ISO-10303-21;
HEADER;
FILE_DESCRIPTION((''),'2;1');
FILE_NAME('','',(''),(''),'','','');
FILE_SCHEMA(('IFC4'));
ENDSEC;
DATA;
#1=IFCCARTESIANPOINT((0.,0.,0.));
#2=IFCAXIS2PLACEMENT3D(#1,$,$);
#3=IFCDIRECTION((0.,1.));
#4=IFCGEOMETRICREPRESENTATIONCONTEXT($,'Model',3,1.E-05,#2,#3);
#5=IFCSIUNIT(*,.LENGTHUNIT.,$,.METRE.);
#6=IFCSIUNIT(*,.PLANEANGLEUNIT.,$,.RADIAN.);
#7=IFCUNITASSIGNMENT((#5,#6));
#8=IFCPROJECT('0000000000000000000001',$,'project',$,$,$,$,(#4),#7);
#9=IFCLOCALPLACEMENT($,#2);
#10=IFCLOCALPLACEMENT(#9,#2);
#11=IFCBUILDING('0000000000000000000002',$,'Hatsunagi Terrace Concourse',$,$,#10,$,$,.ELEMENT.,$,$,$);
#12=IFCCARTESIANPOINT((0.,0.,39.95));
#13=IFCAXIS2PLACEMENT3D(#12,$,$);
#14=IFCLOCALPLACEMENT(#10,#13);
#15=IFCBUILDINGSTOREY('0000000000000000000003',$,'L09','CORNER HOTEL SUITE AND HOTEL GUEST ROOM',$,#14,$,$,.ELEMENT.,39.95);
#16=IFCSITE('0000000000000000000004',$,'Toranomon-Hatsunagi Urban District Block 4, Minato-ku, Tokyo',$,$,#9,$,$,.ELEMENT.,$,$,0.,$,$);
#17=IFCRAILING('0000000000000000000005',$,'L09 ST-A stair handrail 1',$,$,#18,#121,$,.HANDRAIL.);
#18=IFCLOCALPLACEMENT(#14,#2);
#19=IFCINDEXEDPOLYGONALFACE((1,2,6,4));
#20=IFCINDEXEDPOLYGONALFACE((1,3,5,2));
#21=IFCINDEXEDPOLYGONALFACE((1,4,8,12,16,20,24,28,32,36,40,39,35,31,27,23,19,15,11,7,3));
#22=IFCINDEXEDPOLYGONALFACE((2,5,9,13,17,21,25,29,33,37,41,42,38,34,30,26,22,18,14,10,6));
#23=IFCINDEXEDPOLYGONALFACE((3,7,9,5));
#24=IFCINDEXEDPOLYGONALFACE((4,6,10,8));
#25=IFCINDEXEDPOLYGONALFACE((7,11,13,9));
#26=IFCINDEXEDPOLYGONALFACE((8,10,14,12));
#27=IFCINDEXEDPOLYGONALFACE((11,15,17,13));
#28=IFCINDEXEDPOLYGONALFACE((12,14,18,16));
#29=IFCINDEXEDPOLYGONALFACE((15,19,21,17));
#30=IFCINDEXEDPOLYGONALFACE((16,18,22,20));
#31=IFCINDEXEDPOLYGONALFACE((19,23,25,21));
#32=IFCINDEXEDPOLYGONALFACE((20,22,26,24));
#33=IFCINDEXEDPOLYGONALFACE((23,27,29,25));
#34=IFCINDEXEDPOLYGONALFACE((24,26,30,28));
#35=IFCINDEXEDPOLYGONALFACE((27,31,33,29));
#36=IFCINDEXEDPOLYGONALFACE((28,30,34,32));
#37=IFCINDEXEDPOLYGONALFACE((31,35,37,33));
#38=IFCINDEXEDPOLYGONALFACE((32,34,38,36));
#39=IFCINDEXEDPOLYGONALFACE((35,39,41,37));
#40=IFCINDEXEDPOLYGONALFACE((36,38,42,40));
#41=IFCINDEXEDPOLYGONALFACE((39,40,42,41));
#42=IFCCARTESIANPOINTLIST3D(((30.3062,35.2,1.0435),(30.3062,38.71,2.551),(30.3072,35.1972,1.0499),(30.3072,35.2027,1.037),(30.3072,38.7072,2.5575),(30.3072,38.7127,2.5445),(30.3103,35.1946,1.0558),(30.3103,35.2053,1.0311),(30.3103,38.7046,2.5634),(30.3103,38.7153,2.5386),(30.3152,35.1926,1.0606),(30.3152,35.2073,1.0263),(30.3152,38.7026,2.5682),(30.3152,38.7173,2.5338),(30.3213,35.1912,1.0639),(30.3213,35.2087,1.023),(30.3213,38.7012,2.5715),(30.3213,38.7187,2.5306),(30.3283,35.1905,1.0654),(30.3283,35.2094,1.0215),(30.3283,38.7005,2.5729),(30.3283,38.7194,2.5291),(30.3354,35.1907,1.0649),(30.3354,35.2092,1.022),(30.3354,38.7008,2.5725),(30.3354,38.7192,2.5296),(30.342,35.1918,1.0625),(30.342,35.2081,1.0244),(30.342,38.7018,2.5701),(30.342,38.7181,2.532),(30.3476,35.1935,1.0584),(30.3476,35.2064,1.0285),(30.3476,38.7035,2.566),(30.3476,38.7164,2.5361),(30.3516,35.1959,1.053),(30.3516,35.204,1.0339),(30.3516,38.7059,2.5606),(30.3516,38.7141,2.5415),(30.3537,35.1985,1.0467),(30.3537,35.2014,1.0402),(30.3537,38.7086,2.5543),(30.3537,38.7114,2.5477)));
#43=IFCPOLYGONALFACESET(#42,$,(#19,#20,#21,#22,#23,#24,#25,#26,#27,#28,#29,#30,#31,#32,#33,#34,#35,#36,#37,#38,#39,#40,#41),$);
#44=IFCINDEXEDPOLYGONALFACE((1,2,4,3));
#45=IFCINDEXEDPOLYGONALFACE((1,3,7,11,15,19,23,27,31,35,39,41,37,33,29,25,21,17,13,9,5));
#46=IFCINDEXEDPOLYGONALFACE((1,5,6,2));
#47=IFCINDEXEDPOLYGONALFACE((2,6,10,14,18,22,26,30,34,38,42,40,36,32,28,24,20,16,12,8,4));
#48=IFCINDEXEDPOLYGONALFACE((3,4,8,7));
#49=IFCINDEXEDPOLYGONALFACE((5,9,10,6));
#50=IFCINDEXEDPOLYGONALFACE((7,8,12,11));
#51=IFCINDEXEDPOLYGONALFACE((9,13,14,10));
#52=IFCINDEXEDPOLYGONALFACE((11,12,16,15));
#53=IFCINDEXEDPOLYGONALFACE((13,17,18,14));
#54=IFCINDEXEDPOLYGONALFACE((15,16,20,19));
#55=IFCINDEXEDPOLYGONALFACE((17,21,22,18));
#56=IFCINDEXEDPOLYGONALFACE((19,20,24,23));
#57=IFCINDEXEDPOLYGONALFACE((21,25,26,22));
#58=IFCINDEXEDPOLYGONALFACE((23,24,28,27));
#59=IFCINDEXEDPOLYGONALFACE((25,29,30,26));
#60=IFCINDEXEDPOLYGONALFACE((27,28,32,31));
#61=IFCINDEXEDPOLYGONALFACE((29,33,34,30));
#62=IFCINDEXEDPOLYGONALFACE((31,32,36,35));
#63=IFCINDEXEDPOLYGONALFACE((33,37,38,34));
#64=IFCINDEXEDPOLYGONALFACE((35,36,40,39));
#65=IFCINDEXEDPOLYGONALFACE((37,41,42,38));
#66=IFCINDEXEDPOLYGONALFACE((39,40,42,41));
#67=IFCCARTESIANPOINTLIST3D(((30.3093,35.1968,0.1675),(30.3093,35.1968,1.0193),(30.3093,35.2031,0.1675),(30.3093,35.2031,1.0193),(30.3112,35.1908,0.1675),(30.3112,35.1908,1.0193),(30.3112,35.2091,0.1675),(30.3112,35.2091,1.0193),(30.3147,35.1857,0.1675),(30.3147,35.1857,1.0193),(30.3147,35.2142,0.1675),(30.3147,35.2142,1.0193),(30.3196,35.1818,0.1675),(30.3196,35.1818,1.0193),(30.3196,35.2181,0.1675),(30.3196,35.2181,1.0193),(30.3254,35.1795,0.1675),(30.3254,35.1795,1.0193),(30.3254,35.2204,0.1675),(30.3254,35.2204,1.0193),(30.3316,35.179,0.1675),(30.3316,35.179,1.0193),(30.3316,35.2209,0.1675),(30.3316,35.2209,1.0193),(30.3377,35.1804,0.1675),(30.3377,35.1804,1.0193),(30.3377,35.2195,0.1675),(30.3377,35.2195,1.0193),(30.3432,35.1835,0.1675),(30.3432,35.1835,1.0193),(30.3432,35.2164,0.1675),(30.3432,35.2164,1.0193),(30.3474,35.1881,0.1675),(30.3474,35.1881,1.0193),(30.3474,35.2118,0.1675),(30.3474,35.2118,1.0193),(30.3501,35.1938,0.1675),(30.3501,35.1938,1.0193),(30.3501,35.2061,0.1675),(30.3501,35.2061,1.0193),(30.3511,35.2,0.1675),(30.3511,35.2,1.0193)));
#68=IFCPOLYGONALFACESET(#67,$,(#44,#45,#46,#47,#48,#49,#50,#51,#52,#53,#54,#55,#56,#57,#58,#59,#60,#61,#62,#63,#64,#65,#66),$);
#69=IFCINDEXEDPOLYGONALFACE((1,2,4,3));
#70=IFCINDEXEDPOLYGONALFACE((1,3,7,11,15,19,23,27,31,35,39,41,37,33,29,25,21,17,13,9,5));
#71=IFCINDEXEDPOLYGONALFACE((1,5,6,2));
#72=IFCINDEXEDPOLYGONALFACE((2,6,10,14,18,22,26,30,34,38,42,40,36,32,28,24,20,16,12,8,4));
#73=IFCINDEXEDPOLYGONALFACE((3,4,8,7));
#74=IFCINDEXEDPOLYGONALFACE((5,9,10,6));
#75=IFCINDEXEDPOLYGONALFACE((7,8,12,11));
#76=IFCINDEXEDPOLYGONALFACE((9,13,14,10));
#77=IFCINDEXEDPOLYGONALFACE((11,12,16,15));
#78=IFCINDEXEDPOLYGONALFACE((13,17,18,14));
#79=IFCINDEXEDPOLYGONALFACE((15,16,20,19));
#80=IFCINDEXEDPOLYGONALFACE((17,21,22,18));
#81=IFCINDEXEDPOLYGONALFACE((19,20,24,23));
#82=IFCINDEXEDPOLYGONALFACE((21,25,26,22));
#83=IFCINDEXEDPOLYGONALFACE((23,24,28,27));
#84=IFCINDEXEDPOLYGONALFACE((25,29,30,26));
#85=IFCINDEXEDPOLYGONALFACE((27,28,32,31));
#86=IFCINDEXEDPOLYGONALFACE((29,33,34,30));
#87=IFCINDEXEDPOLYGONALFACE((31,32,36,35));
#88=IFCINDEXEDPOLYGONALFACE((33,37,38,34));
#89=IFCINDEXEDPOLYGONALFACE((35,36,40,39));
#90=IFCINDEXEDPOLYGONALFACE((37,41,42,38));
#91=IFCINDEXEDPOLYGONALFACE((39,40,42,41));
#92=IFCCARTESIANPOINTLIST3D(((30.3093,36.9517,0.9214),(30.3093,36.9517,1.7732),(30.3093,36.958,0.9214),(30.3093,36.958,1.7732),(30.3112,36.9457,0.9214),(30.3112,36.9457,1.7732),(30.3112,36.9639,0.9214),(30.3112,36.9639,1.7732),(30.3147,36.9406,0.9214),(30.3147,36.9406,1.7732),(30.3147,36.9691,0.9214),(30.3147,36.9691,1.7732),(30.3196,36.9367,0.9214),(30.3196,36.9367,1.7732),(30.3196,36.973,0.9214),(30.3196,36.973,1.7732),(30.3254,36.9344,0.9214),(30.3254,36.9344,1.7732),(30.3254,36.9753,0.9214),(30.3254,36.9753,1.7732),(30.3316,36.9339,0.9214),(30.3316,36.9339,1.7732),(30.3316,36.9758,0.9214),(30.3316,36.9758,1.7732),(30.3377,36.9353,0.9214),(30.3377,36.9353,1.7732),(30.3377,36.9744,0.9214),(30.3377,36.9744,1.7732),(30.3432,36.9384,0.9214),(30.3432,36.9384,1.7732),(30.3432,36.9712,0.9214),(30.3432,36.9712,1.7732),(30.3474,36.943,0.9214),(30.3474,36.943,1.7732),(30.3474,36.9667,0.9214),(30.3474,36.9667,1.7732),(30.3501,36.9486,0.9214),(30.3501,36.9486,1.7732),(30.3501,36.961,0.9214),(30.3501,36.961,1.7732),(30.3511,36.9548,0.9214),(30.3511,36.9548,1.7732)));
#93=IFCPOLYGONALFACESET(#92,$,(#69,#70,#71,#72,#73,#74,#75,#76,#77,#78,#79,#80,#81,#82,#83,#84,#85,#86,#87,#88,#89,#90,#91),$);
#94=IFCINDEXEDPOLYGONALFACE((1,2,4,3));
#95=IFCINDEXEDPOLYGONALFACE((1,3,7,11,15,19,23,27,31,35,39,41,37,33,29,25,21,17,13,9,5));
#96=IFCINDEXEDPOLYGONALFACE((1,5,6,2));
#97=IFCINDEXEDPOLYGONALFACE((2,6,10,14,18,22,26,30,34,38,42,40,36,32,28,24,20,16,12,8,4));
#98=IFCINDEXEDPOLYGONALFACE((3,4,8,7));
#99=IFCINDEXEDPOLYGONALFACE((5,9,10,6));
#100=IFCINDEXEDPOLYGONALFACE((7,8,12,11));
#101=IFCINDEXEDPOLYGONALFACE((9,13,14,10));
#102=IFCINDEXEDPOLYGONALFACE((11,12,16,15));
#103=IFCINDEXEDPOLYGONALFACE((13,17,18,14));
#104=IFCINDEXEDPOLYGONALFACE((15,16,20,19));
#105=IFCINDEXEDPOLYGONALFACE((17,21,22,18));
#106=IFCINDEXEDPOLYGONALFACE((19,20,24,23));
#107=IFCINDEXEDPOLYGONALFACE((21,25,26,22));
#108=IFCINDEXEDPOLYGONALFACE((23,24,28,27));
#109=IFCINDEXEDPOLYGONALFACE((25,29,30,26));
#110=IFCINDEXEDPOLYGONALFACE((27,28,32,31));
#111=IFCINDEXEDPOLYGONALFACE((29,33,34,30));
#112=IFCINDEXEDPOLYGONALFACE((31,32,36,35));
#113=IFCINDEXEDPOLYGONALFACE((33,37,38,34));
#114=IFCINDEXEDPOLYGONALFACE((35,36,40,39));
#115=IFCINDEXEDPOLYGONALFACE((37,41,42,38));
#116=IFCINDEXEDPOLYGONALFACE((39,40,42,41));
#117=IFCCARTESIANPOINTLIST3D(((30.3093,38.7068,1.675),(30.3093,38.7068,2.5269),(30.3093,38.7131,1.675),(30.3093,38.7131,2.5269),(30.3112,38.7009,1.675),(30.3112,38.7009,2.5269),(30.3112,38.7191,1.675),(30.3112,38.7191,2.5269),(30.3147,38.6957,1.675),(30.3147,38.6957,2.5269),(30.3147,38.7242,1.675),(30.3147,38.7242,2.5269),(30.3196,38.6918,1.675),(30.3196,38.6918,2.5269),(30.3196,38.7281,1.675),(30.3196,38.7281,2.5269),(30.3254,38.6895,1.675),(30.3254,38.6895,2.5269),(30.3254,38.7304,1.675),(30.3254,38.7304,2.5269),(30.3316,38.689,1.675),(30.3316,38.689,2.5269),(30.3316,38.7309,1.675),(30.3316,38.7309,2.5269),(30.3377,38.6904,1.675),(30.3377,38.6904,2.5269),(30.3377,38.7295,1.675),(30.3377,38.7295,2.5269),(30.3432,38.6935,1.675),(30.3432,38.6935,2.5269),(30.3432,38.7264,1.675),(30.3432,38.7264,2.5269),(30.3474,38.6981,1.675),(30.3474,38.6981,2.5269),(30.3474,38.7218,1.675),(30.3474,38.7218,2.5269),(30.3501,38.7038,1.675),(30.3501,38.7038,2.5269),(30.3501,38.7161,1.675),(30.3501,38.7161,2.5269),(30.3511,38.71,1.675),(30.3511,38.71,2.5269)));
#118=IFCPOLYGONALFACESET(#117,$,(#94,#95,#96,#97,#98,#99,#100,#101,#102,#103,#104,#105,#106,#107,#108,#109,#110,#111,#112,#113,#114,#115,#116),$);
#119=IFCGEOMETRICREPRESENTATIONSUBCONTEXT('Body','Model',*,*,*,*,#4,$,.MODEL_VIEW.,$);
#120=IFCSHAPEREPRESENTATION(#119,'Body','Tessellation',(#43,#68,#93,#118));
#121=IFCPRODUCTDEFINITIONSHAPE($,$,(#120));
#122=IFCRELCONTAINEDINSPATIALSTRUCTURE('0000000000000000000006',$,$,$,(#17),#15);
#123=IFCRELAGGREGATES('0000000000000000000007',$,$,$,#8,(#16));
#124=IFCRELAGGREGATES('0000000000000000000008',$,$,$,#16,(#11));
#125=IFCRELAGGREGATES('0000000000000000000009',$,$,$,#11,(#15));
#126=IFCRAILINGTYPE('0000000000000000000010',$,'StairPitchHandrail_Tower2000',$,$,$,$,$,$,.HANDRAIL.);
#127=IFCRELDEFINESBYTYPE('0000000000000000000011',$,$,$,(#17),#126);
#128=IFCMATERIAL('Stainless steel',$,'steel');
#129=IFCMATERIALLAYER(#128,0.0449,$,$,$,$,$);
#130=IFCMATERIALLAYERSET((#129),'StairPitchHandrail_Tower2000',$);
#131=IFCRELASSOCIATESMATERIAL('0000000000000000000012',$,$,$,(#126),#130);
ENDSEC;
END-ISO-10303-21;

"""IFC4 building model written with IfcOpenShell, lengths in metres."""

from ifc_helpers import new_model, si_unit, direction, frame, origin, origin_2d, place, context, subcontext, project, spatial, circle, extrude, material, layer, layer_set, type_object, element, save


model = new_model("IFC4")

# Units and contexts
model_context = context("Model", 3, precision=1e-05, world=origin(), true_north=direction((0.0, 1.0)))
body_context = subcontext(model_context, "Body", "Model", "MODEL_VIEW")
ifc_project = project(units=[si_unit("LENGTHUNIT", "METRE"), si_unit("PLANEANGLEUNIT", "RADIAN")], contexts=[model_context])

# Site, building, storey
site_placement = place(None, origin())
site = spatial("IfcSite", under=ifc_project, at=site_placement, Name="Toranomon-Hatsunagi Urban District Block 4, Minato-ku, Tokyo", CompositionType="ELEMENT", RefElevation=0.0)
building_placement = place(site_placement, origin())
building = spatial("IfcBuilding", under=site, at=building_placement, Name="Hatsunagi Terrace Concourse", CompositionType="ELEMENT")
storey_placement = place(building_placement, frame((0.0, 0.0, 39.95)))
storey = spatial("IfcBuildingStorey", under=building, at=storey_placement, Name="L09", Description="CORNER HOTEL SUITE AND HOTEL GUEST ROOM", CompositionType="ELEMENT", Elevation=39.95)

# Railing
ifc_material_1 = material(Name="Stainless steel", Category="steel")
ifc_layer_1 = layer(ifc_material_1, 0.0449)
ifc_layer_set_1 = layer_set([ifc_layer_1], Name="StairPitchHandrail_Tower2000")
railing_type_1 = type_object("IfcRailingType", Name="StairPitchHandrail_Tower2000", PredefinedType="HANDRAIL", material=ifc_layer_set_1)
railing_1_placement = place(storey_placement, frame((30.3301, 35.2, 0.1675)))
element("IfcRailing", 1, at=railing_1_placement, inside=storey, type_object=railing_type_1, Name="L09 ST-A stair handrail 1", PredefinedType="HANDRAIL", context=body_context, shape_type="SweptSolid", body=[
    extrude(circle(Radius=0.0239, at=origin_2d()), frame((0.0, 0.0, 0.876), z_axis=(0.0, 0.918834, 0.394644), x_axis=(-1.0, 0.0, 0.0)), (0.0, 0.0, 1.0), 3.8201),
    extrude(circle(Radius=0.021, at=origin_2d()), origin(), (0.0, 0.0, 1.0), 0.8518),
    extrude(circle(Radius=0.021, at=origin_2d()), frame((0.0, 1.7549, 0.7539)), (0.0, 0.0, 1.0), 0.8518),
    extrude(circle(Radius=0.021, at=origin_2d()), frame((0.0, 3.51, 1.5076)), (0.0, 0.0, 1.0), 0.8518),
])

save(model, "model.ifc")
